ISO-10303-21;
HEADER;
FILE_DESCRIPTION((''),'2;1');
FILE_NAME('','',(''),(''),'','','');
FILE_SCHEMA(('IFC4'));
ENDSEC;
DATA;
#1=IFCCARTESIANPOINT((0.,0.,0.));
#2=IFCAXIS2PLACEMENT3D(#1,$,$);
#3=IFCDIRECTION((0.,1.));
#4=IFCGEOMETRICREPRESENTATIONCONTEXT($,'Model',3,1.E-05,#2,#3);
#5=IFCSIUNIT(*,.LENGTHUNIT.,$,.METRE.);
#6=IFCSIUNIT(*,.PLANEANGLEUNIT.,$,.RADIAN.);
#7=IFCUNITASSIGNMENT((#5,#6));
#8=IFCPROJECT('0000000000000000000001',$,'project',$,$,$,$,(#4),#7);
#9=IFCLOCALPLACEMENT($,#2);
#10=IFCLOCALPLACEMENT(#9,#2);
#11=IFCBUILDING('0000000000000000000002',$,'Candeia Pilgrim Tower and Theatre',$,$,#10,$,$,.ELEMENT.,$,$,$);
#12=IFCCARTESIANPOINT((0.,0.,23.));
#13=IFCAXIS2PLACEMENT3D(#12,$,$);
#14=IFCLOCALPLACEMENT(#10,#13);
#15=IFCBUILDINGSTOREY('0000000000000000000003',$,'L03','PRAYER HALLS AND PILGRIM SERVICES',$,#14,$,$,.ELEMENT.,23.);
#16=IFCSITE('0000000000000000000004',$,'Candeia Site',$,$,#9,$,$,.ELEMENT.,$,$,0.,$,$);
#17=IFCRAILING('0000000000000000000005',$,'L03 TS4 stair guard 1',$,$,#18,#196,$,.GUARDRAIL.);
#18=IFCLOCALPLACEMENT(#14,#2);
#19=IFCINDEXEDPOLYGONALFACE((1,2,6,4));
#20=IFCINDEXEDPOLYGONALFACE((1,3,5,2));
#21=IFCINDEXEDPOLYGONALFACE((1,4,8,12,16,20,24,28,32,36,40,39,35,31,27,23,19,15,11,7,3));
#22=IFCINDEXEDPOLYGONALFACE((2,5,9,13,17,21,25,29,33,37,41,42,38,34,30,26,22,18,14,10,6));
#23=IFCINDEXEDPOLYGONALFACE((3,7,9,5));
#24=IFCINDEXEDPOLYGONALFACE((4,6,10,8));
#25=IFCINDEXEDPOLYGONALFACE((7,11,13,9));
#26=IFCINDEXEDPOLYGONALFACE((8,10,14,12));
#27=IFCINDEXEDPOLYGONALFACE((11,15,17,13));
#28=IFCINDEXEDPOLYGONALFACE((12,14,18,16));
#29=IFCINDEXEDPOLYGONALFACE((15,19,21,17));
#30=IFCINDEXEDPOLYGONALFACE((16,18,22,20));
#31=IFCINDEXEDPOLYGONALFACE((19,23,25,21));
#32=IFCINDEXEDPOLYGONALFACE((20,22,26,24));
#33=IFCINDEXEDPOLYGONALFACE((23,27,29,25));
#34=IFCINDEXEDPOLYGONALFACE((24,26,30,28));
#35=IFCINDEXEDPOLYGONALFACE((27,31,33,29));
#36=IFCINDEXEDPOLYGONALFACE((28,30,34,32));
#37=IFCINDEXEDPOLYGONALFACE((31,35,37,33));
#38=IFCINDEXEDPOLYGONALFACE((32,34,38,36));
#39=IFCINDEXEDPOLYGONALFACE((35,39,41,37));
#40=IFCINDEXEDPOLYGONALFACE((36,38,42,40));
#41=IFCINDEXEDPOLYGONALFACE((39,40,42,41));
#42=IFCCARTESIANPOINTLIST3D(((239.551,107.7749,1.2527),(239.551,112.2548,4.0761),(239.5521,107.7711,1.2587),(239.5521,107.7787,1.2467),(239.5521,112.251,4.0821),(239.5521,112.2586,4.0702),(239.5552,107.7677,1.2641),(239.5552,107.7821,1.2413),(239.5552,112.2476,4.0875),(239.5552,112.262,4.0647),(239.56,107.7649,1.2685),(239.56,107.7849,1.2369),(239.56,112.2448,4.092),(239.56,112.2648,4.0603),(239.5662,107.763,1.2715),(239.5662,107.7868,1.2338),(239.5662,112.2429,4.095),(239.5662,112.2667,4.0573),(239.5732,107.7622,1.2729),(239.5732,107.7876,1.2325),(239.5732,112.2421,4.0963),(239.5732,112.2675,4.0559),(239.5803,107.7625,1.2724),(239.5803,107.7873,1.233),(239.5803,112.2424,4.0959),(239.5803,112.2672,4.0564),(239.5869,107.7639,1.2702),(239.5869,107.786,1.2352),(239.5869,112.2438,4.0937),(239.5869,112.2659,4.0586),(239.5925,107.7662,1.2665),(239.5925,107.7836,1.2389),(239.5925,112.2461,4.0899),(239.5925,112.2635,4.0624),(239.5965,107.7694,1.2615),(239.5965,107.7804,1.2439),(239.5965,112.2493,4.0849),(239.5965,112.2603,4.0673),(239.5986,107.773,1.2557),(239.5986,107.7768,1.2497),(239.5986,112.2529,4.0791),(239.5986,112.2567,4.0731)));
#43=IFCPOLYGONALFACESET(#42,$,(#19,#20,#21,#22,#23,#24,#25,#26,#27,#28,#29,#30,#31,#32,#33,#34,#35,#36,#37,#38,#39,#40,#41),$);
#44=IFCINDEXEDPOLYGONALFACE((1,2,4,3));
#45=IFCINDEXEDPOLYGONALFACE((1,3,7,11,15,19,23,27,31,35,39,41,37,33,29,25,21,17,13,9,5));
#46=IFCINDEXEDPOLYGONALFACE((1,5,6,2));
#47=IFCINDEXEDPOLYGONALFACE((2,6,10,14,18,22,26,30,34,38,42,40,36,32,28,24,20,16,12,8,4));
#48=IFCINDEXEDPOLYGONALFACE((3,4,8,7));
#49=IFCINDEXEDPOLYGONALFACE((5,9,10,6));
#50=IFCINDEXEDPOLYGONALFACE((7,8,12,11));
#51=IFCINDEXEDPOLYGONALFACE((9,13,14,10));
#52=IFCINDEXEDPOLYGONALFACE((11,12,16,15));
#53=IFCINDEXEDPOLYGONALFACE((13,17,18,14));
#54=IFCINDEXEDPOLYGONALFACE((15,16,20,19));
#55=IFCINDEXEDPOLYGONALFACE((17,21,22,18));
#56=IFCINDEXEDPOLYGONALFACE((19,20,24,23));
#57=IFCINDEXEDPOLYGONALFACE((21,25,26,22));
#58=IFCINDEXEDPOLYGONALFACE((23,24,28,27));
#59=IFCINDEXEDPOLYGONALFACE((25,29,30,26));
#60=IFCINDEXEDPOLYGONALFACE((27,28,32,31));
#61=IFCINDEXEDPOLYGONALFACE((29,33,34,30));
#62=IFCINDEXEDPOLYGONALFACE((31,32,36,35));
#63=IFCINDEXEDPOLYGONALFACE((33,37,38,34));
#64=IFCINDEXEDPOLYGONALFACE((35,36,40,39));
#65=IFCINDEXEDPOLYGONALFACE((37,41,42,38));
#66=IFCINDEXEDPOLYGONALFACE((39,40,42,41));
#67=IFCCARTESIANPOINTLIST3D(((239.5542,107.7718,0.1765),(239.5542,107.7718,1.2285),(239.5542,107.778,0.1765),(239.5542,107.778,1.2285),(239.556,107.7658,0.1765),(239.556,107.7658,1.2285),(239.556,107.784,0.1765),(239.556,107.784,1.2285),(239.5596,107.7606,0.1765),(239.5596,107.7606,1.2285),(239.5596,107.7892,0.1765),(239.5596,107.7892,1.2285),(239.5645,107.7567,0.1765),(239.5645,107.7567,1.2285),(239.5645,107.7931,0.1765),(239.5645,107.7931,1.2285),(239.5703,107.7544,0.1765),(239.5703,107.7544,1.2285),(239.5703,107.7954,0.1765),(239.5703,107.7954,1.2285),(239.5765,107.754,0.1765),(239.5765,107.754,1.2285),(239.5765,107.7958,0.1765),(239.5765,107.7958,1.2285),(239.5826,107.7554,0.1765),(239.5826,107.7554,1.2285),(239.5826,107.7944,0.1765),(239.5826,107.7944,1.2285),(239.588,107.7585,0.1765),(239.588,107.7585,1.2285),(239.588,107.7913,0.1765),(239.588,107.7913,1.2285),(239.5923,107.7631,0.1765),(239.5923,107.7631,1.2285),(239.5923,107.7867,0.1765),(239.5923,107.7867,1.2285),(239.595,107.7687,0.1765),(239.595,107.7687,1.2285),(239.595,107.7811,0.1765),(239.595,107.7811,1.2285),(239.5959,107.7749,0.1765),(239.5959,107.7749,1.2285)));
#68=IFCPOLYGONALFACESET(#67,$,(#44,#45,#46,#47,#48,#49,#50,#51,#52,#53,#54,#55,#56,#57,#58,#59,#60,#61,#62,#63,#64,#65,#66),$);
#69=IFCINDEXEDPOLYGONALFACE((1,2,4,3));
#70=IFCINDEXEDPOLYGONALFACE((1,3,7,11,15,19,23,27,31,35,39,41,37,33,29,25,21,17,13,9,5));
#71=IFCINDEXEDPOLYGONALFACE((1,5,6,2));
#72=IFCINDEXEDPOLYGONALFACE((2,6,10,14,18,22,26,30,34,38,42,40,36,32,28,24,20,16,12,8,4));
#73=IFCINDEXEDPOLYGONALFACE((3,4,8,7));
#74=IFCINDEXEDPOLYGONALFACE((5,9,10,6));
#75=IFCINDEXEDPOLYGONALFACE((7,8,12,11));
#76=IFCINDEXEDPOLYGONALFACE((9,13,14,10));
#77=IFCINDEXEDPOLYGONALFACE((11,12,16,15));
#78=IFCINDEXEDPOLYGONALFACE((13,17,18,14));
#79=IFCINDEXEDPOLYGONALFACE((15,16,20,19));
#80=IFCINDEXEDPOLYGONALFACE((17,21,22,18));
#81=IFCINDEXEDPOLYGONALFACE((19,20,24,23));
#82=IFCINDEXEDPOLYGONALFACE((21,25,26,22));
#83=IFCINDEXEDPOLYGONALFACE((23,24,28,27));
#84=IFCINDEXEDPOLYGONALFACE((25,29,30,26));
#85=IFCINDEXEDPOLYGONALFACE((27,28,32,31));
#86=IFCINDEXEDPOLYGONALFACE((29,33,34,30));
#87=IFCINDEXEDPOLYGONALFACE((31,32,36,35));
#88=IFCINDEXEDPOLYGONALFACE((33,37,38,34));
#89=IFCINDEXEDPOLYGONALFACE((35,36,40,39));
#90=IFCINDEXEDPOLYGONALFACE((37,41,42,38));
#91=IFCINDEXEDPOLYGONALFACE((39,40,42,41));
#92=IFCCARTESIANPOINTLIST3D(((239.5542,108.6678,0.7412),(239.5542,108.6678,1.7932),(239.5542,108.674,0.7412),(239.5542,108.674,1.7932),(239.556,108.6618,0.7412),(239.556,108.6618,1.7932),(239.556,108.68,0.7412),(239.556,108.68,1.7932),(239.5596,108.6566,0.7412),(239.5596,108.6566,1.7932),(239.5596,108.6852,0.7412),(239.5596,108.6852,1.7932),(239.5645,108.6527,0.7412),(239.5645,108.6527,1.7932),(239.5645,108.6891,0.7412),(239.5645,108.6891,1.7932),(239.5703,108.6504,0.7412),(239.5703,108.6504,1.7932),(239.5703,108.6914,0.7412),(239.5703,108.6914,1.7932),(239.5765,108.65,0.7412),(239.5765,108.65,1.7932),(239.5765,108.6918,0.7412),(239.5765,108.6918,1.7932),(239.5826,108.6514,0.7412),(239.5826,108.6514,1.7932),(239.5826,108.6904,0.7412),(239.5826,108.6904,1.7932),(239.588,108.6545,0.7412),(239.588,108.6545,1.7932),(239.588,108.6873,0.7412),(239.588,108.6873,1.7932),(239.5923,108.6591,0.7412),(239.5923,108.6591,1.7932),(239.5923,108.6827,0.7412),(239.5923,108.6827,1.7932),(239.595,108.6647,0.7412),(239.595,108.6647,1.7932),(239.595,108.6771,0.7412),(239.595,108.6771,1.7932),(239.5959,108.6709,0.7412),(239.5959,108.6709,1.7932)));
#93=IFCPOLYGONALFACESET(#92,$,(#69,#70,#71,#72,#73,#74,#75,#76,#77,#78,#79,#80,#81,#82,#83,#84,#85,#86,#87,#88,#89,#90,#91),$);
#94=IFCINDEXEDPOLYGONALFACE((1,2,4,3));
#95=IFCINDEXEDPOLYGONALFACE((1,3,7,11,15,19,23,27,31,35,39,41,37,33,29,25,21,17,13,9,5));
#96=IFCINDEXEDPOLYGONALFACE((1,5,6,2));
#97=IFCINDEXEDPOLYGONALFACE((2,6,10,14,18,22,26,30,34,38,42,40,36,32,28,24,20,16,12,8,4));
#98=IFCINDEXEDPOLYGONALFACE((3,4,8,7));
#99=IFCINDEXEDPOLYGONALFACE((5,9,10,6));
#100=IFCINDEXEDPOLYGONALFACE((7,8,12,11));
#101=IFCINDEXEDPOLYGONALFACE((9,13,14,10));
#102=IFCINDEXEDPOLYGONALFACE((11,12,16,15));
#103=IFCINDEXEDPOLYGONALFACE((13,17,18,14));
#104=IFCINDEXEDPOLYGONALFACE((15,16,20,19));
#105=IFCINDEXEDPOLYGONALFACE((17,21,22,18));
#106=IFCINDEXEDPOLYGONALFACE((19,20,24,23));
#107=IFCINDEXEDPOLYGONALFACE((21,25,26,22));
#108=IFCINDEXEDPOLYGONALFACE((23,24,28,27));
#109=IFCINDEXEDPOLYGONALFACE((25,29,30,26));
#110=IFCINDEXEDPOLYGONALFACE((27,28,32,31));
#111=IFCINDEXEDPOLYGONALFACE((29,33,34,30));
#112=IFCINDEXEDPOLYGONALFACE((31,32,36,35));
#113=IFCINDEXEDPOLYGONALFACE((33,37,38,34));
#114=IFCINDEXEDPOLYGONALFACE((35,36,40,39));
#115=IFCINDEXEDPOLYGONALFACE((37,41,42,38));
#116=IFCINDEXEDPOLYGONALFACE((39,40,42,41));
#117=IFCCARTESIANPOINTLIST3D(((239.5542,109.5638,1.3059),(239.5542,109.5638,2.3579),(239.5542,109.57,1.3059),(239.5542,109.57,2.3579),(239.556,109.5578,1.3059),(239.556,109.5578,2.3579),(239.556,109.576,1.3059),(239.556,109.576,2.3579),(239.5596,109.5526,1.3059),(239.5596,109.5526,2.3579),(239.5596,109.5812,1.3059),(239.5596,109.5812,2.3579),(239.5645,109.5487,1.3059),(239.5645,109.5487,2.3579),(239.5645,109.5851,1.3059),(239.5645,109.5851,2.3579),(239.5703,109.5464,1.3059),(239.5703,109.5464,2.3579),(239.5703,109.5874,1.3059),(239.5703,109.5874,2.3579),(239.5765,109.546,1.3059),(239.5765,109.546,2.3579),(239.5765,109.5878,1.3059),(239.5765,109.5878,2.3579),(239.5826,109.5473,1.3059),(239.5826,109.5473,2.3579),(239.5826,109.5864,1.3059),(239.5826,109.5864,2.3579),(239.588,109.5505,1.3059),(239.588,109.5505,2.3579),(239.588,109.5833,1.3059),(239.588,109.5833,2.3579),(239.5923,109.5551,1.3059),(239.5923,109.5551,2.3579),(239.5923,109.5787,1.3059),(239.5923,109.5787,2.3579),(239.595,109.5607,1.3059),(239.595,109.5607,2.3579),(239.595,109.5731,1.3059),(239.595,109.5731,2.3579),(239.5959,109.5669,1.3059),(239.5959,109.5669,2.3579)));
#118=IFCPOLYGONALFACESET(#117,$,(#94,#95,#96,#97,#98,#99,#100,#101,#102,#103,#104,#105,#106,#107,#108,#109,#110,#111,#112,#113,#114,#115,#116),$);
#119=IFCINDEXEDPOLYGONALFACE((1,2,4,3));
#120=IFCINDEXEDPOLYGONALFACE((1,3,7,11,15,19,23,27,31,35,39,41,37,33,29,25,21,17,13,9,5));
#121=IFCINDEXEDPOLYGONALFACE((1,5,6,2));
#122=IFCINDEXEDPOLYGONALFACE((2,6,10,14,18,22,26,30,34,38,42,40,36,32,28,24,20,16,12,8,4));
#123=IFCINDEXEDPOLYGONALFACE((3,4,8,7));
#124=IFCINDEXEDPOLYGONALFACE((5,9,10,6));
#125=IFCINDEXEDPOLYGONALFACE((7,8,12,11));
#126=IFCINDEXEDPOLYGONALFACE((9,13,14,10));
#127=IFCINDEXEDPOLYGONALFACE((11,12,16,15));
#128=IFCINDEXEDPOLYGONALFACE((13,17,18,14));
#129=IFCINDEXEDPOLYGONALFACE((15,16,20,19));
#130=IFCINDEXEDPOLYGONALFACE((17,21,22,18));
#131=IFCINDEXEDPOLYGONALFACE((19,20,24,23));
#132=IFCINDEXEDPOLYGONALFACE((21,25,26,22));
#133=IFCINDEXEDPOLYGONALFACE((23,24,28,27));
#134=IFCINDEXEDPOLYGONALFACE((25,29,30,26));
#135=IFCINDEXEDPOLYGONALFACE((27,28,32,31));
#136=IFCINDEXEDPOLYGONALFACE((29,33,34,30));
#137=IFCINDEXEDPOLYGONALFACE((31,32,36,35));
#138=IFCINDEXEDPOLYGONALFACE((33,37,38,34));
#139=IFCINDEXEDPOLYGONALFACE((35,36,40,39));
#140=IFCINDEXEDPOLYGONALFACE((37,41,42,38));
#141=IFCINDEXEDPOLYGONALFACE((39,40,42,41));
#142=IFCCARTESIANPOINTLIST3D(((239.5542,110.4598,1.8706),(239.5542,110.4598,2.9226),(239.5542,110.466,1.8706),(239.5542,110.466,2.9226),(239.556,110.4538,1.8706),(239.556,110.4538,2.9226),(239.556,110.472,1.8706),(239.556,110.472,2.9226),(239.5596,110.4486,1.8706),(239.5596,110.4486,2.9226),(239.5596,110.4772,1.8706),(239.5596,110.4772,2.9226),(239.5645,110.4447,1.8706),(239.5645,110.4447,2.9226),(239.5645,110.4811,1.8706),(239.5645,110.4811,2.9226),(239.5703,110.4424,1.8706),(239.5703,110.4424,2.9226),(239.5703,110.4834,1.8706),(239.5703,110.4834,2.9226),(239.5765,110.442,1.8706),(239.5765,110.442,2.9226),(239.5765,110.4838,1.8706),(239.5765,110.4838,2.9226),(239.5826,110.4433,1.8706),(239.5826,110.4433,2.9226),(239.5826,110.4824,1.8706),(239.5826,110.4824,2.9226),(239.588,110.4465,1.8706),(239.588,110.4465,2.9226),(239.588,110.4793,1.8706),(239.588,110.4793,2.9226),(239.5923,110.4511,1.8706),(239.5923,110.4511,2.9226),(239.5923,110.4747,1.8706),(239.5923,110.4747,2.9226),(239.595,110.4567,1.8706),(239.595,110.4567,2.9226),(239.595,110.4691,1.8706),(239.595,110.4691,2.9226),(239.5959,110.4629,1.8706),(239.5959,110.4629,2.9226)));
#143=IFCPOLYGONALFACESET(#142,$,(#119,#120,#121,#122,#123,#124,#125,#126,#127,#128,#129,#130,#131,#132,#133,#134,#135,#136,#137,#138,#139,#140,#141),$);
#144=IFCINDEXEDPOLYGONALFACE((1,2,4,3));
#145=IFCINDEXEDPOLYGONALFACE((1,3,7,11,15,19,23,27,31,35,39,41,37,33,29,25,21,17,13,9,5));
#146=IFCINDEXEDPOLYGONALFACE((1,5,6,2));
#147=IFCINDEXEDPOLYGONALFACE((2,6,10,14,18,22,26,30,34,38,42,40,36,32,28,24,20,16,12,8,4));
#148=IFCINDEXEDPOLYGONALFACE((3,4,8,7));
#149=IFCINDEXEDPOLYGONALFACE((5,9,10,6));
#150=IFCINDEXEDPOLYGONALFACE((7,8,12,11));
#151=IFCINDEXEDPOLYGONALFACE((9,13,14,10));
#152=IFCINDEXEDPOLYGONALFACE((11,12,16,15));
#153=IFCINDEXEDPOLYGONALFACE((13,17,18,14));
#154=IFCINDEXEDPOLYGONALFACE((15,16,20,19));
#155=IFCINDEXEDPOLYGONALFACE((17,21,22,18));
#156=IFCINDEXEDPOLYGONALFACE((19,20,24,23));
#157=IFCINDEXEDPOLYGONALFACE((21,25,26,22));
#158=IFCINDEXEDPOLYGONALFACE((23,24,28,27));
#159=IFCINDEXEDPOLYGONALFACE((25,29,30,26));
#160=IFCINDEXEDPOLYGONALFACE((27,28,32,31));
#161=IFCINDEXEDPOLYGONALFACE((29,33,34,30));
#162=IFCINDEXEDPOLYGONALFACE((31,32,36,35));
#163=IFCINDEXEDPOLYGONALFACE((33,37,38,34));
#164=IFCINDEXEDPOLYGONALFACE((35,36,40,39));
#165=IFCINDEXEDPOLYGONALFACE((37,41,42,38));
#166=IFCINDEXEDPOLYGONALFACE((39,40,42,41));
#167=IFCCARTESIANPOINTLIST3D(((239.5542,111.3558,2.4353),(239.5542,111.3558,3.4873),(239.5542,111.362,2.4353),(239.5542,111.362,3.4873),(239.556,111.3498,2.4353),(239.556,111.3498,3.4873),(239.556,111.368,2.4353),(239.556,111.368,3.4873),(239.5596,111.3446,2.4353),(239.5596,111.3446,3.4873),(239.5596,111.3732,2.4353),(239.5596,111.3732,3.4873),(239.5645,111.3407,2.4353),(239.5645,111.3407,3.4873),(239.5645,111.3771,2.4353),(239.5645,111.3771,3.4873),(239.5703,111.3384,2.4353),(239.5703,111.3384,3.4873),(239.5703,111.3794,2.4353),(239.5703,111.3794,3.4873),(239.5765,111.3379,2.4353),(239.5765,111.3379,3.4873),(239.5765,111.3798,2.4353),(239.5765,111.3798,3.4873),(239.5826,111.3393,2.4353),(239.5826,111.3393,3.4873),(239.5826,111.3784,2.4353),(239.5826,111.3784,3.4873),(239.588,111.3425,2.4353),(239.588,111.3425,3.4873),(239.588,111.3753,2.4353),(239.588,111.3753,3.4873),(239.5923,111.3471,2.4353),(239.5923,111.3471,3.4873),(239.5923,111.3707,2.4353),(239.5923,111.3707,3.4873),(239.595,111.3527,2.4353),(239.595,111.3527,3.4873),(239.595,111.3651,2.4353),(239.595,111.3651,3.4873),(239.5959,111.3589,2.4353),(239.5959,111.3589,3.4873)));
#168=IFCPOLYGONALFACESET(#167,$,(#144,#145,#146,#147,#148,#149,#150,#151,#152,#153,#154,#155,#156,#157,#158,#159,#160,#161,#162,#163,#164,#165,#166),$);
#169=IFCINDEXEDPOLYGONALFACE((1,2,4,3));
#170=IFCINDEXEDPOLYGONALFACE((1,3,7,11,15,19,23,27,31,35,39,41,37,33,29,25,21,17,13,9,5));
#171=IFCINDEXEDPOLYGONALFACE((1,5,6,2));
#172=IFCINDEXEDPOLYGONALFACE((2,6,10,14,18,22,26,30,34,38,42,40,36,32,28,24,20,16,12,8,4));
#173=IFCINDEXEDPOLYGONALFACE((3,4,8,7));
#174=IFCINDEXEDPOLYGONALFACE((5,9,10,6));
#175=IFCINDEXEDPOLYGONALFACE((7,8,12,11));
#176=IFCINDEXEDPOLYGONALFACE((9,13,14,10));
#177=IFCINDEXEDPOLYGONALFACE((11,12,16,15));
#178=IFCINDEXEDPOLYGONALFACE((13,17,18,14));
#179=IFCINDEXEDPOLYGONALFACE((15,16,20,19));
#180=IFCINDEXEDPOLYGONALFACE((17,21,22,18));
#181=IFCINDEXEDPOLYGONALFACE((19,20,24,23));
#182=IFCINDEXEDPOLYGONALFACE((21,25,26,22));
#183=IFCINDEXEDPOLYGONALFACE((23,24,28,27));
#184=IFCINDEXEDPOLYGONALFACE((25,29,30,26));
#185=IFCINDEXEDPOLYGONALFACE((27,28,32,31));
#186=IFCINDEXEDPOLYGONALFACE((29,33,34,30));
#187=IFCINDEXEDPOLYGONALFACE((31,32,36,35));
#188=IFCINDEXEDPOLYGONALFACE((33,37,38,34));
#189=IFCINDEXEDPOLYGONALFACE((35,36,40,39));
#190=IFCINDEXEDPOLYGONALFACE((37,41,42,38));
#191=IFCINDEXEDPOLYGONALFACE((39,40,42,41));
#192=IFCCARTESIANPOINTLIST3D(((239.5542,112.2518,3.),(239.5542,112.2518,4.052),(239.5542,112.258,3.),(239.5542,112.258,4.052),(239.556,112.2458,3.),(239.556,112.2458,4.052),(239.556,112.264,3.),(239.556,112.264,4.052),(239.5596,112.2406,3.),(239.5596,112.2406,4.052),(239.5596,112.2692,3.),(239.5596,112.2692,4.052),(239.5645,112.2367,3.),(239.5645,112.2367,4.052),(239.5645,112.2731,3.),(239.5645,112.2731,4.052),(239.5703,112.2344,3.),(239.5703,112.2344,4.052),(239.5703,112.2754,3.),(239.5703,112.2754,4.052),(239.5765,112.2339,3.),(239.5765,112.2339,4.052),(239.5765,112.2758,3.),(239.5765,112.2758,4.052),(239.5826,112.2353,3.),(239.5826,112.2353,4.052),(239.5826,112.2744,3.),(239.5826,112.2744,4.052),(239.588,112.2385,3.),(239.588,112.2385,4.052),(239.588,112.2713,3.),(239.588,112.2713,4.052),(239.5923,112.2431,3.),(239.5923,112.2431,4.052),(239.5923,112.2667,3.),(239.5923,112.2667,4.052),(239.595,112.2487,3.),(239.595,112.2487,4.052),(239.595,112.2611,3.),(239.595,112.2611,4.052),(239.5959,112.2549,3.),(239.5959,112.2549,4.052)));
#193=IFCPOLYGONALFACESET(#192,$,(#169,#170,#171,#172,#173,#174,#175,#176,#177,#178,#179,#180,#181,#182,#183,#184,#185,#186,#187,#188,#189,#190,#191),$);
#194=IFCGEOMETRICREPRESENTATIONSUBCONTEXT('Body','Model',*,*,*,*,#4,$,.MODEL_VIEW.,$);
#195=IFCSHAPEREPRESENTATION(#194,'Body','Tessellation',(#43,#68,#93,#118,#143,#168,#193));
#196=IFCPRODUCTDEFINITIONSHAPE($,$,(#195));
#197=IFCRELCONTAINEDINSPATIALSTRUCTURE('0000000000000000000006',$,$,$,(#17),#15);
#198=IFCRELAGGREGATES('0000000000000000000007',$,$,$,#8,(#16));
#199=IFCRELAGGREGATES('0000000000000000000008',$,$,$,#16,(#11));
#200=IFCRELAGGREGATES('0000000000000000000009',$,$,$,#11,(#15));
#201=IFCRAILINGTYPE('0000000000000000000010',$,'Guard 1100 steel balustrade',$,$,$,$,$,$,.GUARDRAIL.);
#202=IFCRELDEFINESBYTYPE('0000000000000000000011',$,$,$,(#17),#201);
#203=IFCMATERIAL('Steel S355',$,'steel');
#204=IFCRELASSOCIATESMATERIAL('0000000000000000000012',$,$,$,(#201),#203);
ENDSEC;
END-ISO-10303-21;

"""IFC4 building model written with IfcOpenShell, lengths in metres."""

from ifc_helpers import new_model, si_unit, direction, frame, origin, origin_2d, place, context, subcontext, project, spatial, circle, extrude, material, type_object, element, save


model = new_model("IFC4")

# Units and contexts
model_context = context("Model", 3, precision=1e-05, world=origin(), true_north=direction((0.0, 1.0)))
body_context = subcontext(model_context, "Body", "Model", "MODEL_VIEW")
ifc_project = project(units=[si_unit("LENGTHUNIT", "METRE"), si_unit("PLANEANGLEUNIT", "RADIAN")], contexts=[model_context])

# Site, building, storey
site_placement = place(None, origin())
site = spatial("IfcSite", under=ifc_project, at=site_placement, Name="Candeia Site", CompositionType="ELEMENT", RefElevation=0.0)
building_placement = place(site_placement, origin())
building = spatial("IfcBuilding", under=site, at=building_placement, Name="Candeia Pilgrim Tower and Theatre", CompositionType="ELEMENT")
storey_placement = place(building_placement, frame((0.0, 0.0, 23.0)))
storey = spatial("IfcBuildingStorey", under=building, at=storey_placement, Name="L03", Description="PRAYER HALLS AND PILGRIM SERVICES", CompositionType="ELEMENT", Elevation=23.0)

# Railing
ifc_material_1 = material(Name="Steel S355", Category="steel")
railing_type_1 = type_object("IfcRailingType", Name="Guard 1100 steel balustrade", PredefinedType="GUARDRAIL", material=ifc_material_1)
railing_1_placement = place(storey_placement, frame((239.575, 107.7749, 0.1765)))
element("IfcRailing", 1, at=railing_1_placement, inside=storey, type_object=railing_type_1, Name="L03 TS4 stair guard 1", PredefinedType="GUARDRAIL", context=body_context, shape_type="SweptSolid", body=[
    extrude(circle(Radius=0.0239, at=origin_2d()), frame((0.0, 0.0, 1.0762), z_axis=(0.0, 0.845998, 0.533186), x_axis=(-1.0, 0.0, 0.0)), (0.0, 0.0, 1.0), 5.2954),
    extrude(circle(Radius=0.021, at=origin_2d()), origin(), (0.0, 0.0, 1.0), 1.052),
    extrude(circle(Radius=0.021, at=origin_2d()), frame((0.0, 0.896, 0.5647)), (0.0, 0.0, 1.0), 1.052),
    extrude(circle(Radius=0.021, at=origin_2d()), frame((0.0, 1.792, 1.1294)), (0.0, 0.0, 1.0), 1.052),
    extrude(circle(Radius=0.021, at=origin_2d()), frame((0.0, 2.688, 1.6941)), (0.0, 0.0, 1.0), 1.052),
    extrude(circle(Radius=0.021, at=origin_2d()), frame((0.0, 3.584, 2.2588)), (0.0, 0.0, 1.0), 1.052),
    extrude(circle(Radius=0.021, at=origin_2d()), frame((0.0, 4.48, 2.8235)), (0.0, 0.0, 1.0), 1.052),
])

save(model, "model.ifc")
